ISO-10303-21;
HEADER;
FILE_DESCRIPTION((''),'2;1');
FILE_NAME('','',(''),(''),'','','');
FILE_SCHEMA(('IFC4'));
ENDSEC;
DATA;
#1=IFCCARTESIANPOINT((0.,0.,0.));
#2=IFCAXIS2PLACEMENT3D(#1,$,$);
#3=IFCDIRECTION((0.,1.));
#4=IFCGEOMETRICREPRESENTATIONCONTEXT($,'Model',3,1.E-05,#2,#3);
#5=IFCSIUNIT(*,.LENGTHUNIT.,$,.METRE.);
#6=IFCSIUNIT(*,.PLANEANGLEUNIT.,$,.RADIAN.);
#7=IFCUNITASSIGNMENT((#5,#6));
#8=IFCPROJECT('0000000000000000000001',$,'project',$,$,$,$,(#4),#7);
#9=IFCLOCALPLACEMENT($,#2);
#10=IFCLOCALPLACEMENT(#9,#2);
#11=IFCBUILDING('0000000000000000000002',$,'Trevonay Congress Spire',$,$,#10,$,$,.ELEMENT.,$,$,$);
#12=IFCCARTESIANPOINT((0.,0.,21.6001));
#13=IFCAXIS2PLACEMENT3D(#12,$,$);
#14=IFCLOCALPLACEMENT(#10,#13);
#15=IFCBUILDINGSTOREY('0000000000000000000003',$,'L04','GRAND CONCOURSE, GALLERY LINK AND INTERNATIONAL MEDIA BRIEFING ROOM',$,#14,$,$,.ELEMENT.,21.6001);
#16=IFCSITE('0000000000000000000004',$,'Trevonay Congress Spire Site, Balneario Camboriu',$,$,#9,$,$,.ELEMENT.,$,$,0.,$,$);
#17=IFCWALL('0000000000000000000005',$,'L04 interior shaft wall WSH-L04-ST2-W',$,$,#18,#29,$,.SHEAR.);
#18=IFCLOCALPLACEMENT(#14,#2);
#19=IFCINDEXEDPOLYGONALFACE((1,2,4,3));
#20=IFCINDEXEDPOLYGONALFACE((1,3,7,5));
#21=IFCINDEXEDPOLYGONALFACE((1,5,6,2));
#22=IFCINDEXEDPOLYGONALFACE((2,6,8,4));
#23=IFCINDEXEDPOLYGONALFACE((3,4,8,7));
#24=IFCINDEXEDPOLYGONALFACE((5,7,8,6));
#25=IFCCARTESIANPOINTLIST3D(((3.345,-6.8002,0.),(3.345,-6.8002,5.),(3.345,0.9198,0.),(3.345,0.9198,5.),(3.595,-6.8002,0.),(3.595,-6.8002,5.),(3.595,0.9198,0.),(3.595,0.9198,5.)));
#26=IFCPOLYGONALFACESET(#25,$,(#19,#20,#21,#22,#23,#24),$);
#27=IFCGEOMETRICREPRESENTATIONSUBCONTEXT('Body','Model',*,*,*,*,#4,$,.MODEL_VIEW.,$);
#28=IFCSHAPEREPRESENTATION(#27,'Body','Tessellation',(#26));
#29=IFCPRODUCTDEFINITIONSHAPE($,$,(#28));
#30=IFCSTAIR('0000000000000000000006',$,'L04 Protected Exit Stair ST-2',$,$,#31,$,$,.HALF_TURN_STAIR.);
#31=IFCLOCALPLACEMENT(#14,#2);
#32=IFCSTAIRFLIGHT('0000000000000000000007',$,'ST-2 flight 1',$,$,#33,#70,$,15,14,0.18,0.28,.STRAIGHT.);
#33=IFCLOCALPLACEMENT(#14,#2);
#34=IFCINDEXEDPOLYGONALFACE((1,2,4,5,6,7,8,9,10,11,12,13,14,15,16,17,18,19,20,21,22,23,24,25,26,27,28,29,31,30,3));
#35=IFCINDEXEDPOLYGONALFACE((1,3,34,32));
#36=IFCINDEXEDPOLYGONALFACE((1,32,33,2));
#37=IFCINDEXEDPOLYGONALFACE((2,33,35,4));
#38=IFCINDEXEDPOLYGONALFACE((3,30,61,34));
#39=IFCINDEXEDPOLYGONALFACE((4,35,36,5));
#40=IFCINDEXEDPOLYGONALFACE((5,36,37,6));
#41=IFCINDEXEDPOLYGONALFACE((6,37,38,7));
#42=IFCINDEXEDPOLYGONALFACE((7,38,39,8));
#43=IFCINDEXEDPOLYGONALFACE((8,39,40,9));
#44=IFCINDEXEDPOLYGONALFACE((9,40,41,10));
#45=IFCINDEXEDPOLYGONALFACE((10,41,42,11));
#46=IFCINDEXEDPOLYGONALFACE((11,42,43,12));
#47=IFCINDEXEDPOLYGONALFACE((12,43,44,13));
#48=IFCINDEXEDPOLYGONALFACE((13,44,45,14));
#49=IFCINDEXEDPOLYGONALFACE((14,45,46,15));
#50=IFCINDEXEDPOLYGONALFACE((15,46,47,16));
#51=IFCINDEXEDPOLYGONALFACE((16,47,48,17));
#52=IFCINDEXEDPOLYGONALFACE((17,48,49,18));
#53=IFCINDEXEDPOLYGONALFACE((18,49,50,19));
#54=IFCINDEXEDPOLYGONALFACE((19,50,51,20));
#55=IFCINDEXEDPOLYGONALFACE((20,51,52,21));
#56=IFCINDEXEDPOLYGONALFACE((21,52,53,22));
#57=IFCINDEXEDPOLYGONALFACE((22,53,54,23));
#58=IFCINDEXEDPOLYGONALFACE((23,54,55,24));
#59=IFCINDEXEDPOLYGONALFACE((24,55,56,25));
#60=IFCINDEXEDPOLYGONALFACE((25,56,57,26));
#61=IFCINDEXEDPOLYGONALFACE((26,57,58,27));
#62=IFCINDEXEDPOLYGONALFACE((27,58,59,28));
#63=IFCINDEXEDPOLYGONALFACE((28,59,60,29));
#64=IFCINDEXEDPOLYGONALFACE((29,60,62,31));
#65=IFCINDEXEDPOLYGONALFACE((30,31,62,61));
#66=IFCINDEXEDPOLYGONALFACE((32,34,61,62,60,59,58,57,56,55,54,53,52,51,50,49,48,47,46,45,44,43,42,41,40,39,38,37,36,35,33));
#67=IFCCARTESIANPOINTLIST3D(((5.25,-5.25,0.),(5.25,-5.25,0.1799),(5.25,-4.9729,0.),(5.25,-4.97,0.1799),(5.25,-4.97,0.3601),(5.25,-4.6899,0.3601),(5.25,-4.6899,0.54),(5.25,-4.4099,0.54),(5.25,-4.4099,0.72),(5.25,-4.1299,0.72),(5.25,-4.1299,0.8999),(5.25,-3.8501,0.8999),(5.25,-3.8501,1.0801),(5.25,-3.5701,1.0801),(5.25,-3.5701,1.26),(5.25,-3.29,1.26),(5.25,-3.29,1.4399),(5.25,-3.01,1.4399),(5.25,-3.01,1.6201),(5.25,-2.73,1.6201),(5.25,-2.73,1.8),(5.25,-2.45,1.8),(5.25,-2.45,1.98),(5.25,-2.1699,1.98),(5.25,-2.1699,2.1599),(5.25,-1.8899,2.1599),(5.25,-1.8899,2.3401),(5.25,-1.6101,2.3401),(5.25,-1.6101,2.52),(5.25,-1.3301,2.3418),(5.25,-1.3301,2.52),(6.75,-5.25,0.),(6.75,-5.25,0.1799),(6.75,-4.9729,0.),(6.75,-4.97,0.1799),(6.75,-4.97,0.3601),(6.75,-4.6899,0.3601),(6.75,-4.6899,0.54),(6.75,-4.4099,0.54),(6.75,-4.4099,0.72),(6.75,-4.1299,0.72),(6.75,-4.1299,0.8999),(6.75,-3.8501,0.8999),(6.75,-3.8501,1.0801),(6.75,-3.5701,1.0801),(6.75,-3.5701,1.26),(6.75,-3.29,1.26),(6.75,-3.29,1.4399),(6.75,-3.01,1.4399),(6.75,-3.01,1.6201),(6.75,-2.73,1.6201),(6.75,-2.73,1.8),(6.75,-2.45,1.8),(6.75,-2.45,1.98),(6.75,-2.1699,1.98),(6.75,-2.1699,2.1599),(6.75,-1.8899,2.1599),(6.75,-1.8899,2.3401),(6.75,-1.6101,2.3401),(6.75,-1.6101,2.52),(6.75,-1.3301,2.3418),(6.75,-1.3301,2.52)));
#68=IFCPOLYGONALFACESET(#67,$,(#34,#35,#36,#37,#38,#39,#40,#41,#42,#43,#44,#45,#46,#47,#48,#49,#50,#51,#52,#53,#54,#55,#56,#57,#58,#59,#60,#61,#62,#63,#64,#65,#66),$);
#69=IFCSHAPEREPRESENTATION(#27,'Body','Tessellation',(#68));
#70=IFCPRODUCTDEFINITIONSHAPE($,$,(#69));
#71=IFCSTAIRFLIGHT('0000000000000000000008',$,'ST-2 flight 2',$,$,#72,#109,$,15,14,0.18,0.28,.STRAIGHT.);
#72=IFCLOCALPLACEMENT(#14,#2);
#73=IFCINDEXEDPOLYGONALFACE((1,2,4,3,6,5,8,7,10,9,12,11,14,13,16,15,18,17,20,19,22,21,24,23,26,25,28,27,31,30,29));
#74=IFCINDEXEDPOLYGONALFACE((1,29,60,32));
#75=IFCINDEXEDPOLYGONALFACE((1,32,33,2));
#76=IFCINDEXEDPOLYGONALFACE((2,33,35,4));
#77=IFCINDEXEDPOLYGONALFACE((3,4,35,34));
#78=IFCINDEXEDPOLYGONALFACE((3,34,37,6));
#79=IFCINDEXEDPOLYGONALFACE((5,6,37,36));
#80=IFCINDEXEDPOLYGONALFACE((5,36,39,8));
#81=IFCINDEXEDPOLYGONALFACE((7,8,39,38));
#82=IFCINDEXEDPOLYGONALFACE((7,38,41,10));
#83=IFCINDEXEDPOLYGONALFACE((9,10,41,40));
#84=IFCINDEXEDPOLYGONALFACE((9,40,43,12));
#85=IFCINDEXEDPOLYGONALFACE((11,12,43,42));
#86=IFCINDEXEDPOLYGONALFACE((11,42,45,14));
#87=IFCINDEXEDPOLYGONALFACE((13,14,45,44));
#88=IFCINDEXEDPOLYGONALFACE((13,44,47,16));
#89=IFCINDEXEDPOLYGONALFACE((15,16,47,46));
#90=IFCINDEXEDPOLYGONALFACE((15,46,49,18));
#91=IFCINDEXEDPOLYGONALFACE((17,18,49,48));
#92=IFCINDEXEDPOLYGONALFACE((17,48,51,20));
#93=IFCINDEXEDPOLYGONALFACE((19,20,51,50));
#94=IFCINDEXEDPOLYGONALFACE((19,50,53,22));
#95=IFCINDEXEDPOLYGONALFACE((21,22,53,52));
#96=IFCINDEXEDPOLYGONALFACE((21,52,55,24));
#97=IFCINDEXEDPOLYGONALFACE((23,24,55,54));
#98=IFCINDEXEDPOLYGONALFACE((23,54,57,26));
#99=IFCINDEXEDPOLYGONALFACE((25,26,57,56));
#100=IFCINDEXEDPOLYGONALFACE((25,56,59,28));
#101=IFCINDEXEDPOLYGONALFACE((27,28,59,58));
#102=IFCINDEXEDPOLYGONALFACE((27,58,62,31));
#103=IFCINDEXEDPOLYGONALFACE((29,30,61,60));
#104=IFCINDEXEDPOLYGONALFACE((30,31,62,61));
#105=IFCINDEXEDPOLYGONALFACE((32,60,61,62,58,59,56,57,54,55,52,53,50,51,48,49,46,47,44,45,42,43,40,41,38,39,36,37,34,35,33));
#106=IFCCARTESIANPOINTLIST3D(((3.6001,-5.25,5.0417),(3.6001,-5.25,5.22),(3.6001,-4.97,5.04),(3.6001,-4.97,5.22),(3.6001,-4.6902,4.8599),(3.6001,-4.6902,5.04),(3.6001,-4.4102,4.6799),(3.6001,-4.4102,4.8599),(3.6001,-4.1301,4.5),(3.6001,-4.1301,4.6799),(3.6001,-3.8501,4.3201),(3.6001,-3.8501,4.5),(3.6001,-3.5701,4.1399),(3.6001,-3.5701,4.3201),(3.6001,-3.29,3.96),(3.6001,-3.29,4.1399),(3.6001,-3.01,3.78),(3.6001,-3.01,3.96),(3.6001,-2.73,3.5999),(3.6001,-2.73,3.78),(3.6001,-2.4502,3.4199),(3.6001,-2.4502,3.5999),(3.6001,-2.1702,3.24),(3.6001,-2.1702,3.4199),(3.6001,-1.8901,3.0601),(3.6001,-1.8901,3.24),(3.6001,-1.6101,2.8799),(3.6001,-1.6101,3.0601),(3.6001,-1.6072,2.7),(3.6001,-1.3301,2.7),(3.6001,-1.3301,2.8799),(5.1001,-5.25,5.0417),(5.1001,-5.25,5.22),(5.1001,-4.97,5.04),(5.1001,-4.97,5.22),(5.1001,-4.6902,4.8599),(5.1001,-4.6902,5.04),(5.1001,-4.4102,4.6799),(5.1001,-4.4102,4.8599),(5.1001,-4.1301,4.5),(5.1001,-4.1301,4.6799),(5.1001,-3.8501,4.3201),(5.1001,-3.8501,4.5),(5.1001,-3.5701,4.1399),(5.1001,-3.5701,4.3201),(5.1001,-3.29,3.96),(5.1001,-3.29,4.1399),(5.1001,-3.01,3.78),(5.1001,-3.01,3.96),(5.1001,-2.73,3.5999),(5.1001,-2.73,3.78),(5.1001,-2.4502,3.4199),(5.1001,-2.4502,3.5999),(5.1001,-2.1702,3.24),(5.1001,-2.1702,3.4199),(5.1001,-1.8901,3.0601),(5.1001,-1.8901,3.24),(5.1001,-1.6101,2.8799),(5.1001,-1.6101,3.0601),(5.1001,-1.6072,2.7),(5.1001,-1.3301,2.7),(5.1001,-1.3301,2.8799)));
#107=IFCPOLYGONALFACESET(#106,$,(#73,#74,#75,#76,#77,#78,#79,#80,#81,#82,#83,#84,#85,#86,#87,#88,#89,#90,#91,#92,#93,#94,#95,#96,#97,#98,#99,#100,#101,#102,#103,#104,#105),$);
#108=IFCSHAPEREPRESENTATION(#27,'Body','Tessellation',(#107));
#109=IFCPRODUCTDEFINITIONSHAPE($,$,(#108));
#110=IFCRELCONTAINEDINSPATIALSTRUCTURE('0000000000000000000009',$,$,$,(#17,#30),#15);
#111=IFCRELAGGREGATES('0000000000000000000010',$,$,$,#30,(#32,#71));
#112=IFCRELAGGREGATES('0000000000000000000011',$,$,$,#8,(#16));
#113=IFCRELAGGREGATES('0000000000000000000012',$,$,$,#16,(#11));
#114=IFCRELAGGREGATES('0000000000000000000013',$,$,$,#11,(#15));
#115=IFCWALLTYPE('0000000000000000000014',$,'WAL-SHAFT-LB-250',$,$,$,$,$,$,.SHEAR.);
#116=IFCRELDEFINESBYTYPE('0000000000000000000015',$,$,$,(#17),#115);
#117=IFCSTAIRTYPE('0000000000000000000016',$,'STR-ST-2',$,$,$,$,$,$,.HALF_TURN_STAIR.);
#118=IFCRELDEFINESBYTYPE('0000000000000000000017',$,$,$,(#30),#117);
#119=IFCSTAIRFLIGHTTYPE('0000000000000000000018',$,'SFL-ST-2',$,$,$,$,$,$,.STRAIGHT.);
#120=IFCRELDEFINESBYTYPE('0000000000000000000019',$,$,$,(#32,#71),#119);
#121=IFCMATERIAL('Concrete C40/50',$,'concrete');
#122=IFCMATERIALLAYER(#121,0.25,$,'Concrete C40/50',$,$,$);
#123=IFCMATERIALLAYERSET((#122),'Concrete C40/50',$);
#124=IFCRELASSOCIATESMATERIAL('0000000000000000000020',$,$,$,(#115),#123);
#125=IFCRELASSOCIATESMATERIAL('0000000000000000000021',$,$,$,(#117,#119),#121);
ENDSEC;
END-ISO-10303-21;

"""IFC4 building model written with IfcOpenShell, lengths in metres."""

from ifc_helpers import new_model, si_unit, direction, frame, frame_2d, origin, place, context, subcontext, project, spatial, polyline, rectangle, outline, extrude, material, layer, layer_set, type_object, element, aggregate, save


model = new_model("IFC4")

# Units and contexts
model_context = context("Model", 3, precision=1e-05, world=origin(), true_north=direction((0.0, 1.0)))
body_context = subcontext(model_context, "Body", "Model", "MODEL_VIEW")
ifc_project = project(units=[si_unit("LENGTHUNIT", "METRE"), si_unit("PLANEANGLEUNIT", "RADIAN")], contexts=[model_context])

# Site, building, storey
site_placement = place(None, origin())
site = spatial("IfcSite", under=ifc_project, at=site_placement, Name="Trevonay Congress Spire Site, Balneario Camboriu", CompositionType="ELEMENT", RefElevation=0.0)
building_placement = place(site_placement, origin())
building = spatial("IfcBuilding", under=site, at=building_placement, Name="Trevonay Congress Spire", CompositionType="ELEMENT")
storey_placement = place(building_placement, frame((0.0, 0.0, 21.6001)))
storey = spatial("IfcBuildingStorey", under=building, at=storey_placement, Name="L04", Description="GRAND CONCOURSE, GALLERY LINK AND INTERNATIONAL MEDIA BRIEFING ROOM", CompositionType="ELEMENT", Elevation=21.6001)

# Wall
ifc_material_1 = material(Name="Concrete C40/50", Category="concrete")
ifc_layer_1 = layer(ifc_material_1, 0.25, Name="Concrete C40/50")
ifc_layer_set_1 = layer_set([ifc_layer_1], Name="Concrete C40/50")
wall_type_1 = type_object("IfcWallType", Name="WAL-SHAFT-LB-250", PredefinedType="SHEAR", material=ifc_layer_set_1)
wall_1_placement = place(storey_placement, frame((3.47, -6.8, 0.0), z_axis=(0.0, 0.0, 1.0), x_axis=(0.0, 1.0, 0.0)))
element("IfcWall", 1, at=wall_1_placement, inside=storey, type_object=wall_type_1, Name="L04 interior shaft wall WSH-L04-ST2-W", PredefinedType="SHEAR", context=body_context, shape_type="SweptSolid", body=[
    extrude(rectangle(XDim=7.72, YDim=0.25, at=frame_2d((3.8599, 0.0))), origin(), (0.0, 0.0, 1.0), 5.0),
])

# Stair, stair flights
stair_type = type_object("IfcStairType", Name="STR-ST-2", PredefinedType="HALF_TURN_STAIR", material=ifc_material_1)
stair_placement = place(storey_placement, origin())
stair = element("IfcStair", 2, at=stair_placement, inside=storey, type_object=stair_type, Name="L04 Protected Exit Stair ST-2", PredefinedType="HALF_TURN_STAIR")
stair_flight_type = type_object("IfcStairFlightType", Name="SFL-ST-2", PredefinedType="STRAIGHT", material=ifc_material_1)
stair_flight_1_placement = place(storey_placement, frame((6.0, -5.25, 0.0), z_axis=(0.0, 0.0, 1.0), x_axis=(0.0, 1.0, 0.0)))
stair_flight_1 = element("IfcStairFlight", 3, at=stair_flight_1_placement, type_object=stair_flight_type, Name="ST-2 flight 1", NumberOfRisers=15, NumberOfTreads=14, PredefinedType="STRAIGHT", RiserHeight=0.18, TreadLength=0.28, context=body_context, shape_type="SweptSolid", body=[
    extrude(outline(polyline([(0.0, 0.0), (0.0, 0.1799), (0.28, 0.1799), (0.28, 0.3601), (0.5601, 0.3601), (0.5601, 0.54), (0.8401, 0.54), (0.8401, 0.72), (1.1201, 0.72), (1.1201, 0.8999), (1.3999, 0.8999), (1.3999, 1.0801), (1.6799, 1.0801), (1.6799, 1.26), (1.96, 1.26), (1.96, 1.4399), (2.24, 1.4399), (2.24, 1.6201), (2.52, 1.6201), (2.52, 1.8), (2.8, 1.8), (2.8, 1.98), (3.0801, 1.98), (3.0801, 2.1599), (3.3601, 2.1599), (3.3601, 2.3401), (3.6399, 2.3401), (3.6399, 2.52), (3.9199, 2.52), (3.9199, 2.7), (3.9199, 2.3418), (0.2771, 0.0), (0.0, 0.0)])), frame((0.0, 0.75, 0.0), z_axis=(0.0, -1.0, 0.0), x_axis=(1.0, 0.0, 0.0)), (0.0, 0.0, 1.0), 1.5),
])
stair_flight_2_placement = place(storey_placement, frame((4.3501, -1.3301, 2.7), z_axis=(0.0, 0.0, 1.0), x_axis=(0.0, -1.0, 0.0)))
stair_flight_2 = element("IfcStairFlight", 4, at=stair_flight_2_placement, type_object=stair_flight_type, Name="ST-2 flight 2", NumberOfRisers=15, NumberOfTreads=14, PredefinedType="STRAIGHT", RiserHeight=0.18, TreadLength=0.28, context=body_context, shape_type="SweptSolid", body=[
    extrude(outline(polyline([(0.0, 0.0), (0.0, 0.1799), (0.28, 0.1799), (0.28, 0.3601), (0.5601, 0.3601), (0.5601, 0.54), (0.8401, 0.54), (0.8401, 0.72), (1.1201, 0.72), (1.1201, 0.8999), (1.3999, 0.8999), (1.3999, 1.0801), (1.6799, 1.0801), (1.6799, 1.26), (1.96, 1.26), (1.96, 1.4399), (2.24, 1.4399), (2.24, 1.6201), (2.52, 1.6201), (2.52, 1.8), (2.8, 1.8), (2.8, 1.98), (3.0801, 1.98), (3.0801, 2.1599), (3.3601, 2.1599), (3.3601, 2.3401), (3.6399, 2.3401), (3.6399, 2.52), (3.9199, 2.52), (3.9199, 2.7), (3.9199, 2.3418), (0.2771, 0.0), (0.0, 0.0)])), frame((0.0, 0.75, 0.0), z_axis=(0.0, -1.0, 0.0), x_axis=(1.0, 0.0, 0.0)), (0.0, 0.0, 1.0), 1.5),
])
aggregate(stair, [stair_flight_1, stair_flight_2])

save(model, "model.ifc")
